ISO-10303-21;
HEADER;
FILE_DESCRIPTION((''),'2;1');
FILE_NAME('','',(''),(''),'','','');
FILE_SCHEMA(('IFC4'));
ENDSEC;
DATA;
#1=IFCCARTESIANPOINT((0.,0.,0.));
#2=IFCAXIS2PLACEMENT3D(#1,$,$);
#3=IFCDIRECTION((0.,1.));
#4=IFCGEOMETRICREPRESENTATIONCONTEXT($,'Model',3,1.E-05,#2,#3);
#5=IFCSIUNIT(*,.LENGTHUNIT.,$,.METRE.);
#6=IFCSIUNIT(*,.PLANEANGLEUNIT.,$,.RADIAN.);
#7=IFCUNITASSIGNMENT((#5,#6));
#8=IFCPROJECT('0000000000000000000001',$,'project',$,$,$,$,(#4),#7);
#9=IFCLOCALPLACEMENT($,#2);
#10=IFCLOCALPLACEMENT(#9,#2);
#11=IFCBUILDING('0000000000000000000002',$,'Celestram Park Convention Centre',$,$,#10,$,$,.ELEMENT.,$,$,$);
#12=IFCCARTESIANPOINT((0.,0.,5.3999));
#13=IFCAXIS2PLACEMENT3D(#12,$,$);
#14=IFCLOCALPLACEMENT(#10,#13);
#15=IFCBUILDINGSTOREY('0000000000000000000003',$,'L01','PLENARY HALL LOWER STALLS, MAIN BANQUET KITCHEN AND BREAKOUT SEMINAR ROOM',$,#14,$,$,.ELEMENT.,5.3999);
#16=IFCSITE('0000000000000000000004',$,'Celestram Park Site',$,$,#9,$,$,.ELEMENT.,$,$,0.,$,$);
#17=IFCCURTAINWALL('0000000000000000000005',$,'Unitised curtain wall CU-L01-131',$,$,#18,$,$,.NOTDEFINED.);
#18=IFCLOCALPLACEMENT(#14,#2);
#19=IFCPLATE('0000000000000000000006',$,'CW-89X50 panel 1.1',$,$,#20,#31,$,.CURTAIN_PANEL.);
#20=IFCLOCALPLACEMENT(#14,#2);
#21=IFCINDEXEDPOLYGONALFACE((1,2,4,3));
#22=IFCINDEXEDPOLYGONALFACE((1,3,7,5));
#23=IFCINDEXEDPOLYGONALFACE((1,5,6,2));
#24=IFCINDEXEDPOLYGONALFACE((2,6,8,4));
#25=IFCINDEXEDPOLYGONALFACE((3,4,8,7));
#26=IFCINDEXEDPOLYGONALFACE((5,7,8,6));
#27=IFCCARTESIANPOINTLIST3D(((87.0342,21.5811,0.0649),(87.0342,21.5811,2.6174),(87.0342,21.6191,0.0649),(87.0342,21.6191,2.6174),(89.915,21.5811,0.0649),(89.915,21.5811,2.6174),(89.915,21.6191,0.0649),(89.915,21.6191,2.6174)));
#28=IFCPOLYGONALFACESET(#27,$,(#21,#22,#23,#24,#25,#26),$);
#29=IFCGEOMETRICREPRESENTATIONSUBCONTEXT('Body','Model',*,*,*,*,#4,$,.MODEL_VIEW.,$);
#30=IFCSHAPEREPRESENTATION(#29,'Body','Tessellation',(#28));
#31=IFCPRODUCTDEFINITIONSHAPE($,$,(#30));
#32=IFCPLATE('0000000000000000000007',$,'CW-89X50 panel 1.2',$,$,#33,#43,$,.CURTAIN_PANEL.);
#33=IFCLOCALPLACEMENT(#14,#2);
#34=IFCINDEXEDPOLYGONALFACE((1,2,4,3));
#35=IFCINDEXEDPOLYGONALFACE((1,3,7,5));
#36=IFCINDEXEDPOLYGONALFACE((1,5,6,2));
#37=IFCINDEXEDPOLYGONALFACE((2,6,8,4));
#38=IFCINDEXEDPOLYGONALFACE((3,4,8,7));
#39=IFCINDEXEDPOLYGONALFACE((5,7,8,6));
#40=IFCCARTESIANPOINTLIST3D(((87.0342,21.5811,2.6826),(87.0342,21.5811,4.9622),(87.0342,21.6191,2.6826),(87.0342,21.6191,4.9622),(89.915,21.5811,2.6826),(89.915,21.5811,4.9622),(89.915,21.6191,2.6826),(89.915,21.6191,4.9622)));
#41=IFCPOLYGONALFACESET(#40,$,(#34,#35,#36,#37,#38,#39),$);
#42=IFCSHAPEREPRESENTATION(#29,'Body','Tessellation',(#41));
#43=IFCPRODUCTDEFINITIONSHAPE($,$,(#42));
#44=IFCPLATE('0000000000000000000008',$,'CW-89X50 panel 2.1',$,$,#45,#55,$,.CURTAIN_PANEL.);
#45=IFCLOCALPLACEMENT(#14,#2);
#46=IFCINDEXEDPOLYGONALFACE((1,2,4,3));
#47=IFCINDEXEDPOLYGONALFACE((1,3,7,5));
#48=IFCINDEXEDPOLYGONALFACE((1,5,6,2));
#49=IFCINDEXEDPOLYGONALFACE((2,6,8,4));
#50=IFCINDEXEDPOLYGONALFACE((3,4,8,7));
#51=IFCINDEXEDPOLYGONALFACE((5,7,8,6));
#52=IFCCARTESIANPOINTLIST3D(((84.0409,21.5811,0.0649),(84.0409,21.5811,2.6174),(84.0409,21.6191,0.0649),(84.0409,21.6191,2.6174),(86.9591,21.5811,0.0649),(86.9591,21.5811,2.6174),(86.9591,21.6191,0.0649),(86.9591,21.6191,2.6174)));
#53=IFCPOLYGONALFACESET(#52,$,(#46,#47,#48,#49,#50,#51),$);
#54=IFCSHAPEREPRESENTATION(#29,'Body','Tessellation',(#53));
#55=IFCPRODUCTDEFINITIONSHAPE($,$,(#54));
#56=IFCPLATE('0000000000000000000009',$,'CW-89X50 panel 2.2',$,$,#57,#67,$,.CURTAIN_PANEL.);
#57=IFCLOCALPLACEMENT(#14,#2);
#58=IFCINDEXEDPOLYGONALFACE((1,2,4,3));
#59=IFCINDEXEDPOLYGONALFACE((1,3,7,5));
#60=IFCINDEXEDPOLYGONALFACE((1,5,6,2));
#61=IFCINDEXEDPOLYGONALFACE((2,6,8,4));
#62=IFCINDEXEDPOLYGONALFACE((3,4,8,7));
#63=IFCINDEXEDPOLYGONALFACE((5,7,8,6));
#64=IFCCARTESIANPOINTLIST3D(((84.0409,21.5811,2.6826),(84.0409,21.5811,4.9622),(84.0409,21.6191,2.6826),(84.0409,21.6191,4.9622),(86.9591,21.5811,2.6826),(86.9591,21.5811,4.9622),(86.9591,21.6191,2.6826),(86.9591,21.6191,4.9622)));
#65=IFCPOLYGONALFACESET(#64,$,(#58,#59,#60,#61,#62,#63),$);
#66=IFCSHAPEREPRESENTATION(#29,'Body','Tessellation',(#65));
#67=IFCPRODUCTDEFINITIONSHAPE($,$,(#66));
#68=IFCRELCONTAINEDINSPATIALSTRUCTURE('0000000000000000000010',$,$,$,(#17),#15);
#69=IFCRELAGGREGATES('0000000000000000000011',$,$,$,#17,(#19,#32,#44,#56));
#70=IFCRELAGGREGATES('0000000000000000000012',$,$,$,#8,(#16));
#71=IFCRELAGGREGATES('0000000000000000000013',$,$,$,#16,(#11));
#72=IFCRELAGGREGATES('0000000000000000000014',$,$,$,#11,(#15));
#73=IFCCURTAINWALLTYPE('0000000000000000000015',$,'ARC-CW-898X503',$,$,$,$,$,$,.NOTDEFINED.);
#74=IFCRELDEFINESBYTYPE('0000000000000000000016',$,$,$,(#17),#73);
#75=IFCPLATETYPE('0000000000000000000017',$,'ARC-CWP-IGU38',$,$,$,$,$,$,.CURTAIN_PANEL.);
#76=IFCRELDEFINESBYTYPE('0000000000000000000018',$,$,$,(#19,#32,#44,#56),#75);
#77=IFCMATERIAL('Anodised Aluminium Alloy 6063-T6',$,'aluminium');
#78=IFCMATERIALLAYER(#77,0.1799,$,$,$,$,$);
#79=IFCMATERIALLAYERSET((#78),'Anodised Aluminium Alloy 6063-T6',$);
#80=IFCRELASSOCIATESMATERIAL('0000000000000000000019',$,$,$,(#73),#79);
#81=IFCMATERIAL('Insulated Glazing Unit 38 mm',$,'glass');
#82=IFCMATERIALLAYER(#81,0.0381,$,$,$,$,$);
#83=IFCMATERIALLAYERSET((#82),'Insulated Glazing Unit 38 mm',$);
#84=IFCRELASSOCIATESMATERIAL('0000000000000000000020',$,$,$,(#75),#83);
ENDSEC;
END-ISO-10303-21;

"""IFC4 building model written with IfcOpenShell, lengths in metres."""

from ifc_helpers import new_model, si_unit, direction, frame, origin, origin_2d, place, context, subcontext, project, spatial, rectangle, extrude, material, layer, layer_set, type_object, element, aggregate, save


model = new_model("IFC4")

# Units and contexts
model_context = context("Model", 3, precision=1e-05, world=origin(), true_north=direction((0.0, 1.0)))
body_context = subcontext(model_context, "Body", "Model", "MODEL_VIEW")
ifc_project = project(units=[si_unit("LENGTHUNIT", "METRE"), si_unit("PLANEANGLEUNIT", "RADIAN")], contexts=[model_context])

# Site, building, storey
site_placement = place(None, origin())
site = spatial("IfcSite", under=ifc_project, at=site_placement, Name="Celestram Park Site", CompositionType="ELEMENT", RefElevation=0.0)
building_placement = place(site_placement, origin())
building = spatial("IfcBuilding", under=site, at=building_placement, Name="Celestram Park Convention Centre", CompositionType="ELEMENT")
storey_placement = place(building_placement, frame((0.0, 0.0, 5.3999)))
storey = spatial("IfcBuildingStorey", under=building, at=storey_placement, Name="L01", Description="PLENARY HALL LOWER STALLS, MAIN BANQUET KITCHEN AND BREAKOUT SEMINAR ROOM", CompositionType="ELEMENT", Elevation=5.3999)

# Curtain wall
ifc_material_1 = material(Name="Anodised Aluminium Alloy 6063-T6", Category="aluminium")
ifc_layer_1 = layer(ifc_material_1, 0.1799)
ifc_layer_set_1 = layer_set([ifc_layer_1], Name="Anodised Aluminium Alloy 6063-T6")
curtain_wall_type = type_object("IfcCurtainWallType", Name="ARC-CW-898X503", PredefinedType="NOTDEFINED", material=ifc_layer_set_1)
curtain_wall_1_placement = place(storey_placement, origin())
curtain_wall_1 = element("IfcCurtainWall", 1, at=curtain_wall_1_placement, inside=storey, type_object=curtain_wall_type, Name="Unitised curtain wall CU-L01-131", PredefinedType="NOTDEFINED")

# Plates
ifc_material_2 = material(Name="Insulated Glazing Unit 38 mm", Category="glass")
ifc_layer_2 = layer(ifc_material_2, 0.0381)
ifc_layer_set_2 = layer_set([ifc_layer_2], Name="Insulated Glazing Unit 38 mm")
plate_type = type_object("IfcPlateType", Name="ARC-CWP-IGU38", PredefinedType="CURTAIN_PANEL", material=ifc_layer_set_2)
plate_1_placement = place(storey_placement, frame((88.4746, 21.6001, 0.0649), z_axis=(0.0, 0.0, 1.0), x_axis=(-1.0, 0.0, 0.0)))
plate_1 = element("IfcPlate", 2, at=plate_1_placement, type_object=plate_type, Name="CW-89X50 panel 1.1", PredefinedType="CURTAIN_PANEL", context=body_context, shape_type="SweptSolid", body=[
    extrude(rectangle(XDim=2.8809, YDim=0.0381, at=origin_2d()), origin(), (0.0, 0.0, 1.0), 2.5525),
])
plate_2_placement = place(storey_placement, frame((88.4746, 21.6001, 2.6826), z_axis=(0.0, 0.0, 1.0), x_axis=(-1.0, 0.0, 0.0)))
plate_2 = element("IfcPlate", 3, at=plate_2_placement, type_object=plate_type, Name="CW-89X50 panel 1.2", PredefinedType="CURTAIN_PANEL", context=body_context, shape_type="SweptSolid", body=[
    extrude(rectangle(XDim=2.8809, YDim=0.0381, at=origin_2d()), origin(), (0.0, 0.0, 1.0), 2.2795),
])
plate_3_placement = place(storey_placement, frame((85.5, 21.6001, 0.0649), z_axis=(0.0, 0.0, 1.0), x_axis=(-1.0, 0.0, 0.0)))
plate_3 = element("IfcPlate", 4, at=plate_3_placement, type_object=plate_type, Name="CW-89X50 panel 2.1", PredefinedType="CURTAIN_PANEL", context=body_context, shape_type="SweptSolid", body=[
    extrude(rectangle(XDim=2.9182, YDim=0.0381, at=origin_2d()), origin(), (0.0, 0.0, 1.0), 2.5525),
])
plate_4_placement = place(storey_placement, frame((85.5, 21.6001, 2.6826), z_axis=(0.0, 0.0, 1.0), x_axis=(-1.0, 0.0, 0.0)))
plate_4 = element("IfcPlate", 5, at=plate_4_placement, type_object=plate_type, Name="CW-89X50 panel 2.2", PredefinedType="CURTAIN_PANEL", context=body_context, shape_type="SweptSolid", body=[
    extrude(rectangle(XDim=2.9182, YDim=0.0381, at=origin_2d()), origin(), (0.0, 0.0, 1.0), 2.2795),
])
aggregate(curtain_wall_1, [plate_1, plate_2, plate_3, plate_4])

save(model, "model.ifc")
